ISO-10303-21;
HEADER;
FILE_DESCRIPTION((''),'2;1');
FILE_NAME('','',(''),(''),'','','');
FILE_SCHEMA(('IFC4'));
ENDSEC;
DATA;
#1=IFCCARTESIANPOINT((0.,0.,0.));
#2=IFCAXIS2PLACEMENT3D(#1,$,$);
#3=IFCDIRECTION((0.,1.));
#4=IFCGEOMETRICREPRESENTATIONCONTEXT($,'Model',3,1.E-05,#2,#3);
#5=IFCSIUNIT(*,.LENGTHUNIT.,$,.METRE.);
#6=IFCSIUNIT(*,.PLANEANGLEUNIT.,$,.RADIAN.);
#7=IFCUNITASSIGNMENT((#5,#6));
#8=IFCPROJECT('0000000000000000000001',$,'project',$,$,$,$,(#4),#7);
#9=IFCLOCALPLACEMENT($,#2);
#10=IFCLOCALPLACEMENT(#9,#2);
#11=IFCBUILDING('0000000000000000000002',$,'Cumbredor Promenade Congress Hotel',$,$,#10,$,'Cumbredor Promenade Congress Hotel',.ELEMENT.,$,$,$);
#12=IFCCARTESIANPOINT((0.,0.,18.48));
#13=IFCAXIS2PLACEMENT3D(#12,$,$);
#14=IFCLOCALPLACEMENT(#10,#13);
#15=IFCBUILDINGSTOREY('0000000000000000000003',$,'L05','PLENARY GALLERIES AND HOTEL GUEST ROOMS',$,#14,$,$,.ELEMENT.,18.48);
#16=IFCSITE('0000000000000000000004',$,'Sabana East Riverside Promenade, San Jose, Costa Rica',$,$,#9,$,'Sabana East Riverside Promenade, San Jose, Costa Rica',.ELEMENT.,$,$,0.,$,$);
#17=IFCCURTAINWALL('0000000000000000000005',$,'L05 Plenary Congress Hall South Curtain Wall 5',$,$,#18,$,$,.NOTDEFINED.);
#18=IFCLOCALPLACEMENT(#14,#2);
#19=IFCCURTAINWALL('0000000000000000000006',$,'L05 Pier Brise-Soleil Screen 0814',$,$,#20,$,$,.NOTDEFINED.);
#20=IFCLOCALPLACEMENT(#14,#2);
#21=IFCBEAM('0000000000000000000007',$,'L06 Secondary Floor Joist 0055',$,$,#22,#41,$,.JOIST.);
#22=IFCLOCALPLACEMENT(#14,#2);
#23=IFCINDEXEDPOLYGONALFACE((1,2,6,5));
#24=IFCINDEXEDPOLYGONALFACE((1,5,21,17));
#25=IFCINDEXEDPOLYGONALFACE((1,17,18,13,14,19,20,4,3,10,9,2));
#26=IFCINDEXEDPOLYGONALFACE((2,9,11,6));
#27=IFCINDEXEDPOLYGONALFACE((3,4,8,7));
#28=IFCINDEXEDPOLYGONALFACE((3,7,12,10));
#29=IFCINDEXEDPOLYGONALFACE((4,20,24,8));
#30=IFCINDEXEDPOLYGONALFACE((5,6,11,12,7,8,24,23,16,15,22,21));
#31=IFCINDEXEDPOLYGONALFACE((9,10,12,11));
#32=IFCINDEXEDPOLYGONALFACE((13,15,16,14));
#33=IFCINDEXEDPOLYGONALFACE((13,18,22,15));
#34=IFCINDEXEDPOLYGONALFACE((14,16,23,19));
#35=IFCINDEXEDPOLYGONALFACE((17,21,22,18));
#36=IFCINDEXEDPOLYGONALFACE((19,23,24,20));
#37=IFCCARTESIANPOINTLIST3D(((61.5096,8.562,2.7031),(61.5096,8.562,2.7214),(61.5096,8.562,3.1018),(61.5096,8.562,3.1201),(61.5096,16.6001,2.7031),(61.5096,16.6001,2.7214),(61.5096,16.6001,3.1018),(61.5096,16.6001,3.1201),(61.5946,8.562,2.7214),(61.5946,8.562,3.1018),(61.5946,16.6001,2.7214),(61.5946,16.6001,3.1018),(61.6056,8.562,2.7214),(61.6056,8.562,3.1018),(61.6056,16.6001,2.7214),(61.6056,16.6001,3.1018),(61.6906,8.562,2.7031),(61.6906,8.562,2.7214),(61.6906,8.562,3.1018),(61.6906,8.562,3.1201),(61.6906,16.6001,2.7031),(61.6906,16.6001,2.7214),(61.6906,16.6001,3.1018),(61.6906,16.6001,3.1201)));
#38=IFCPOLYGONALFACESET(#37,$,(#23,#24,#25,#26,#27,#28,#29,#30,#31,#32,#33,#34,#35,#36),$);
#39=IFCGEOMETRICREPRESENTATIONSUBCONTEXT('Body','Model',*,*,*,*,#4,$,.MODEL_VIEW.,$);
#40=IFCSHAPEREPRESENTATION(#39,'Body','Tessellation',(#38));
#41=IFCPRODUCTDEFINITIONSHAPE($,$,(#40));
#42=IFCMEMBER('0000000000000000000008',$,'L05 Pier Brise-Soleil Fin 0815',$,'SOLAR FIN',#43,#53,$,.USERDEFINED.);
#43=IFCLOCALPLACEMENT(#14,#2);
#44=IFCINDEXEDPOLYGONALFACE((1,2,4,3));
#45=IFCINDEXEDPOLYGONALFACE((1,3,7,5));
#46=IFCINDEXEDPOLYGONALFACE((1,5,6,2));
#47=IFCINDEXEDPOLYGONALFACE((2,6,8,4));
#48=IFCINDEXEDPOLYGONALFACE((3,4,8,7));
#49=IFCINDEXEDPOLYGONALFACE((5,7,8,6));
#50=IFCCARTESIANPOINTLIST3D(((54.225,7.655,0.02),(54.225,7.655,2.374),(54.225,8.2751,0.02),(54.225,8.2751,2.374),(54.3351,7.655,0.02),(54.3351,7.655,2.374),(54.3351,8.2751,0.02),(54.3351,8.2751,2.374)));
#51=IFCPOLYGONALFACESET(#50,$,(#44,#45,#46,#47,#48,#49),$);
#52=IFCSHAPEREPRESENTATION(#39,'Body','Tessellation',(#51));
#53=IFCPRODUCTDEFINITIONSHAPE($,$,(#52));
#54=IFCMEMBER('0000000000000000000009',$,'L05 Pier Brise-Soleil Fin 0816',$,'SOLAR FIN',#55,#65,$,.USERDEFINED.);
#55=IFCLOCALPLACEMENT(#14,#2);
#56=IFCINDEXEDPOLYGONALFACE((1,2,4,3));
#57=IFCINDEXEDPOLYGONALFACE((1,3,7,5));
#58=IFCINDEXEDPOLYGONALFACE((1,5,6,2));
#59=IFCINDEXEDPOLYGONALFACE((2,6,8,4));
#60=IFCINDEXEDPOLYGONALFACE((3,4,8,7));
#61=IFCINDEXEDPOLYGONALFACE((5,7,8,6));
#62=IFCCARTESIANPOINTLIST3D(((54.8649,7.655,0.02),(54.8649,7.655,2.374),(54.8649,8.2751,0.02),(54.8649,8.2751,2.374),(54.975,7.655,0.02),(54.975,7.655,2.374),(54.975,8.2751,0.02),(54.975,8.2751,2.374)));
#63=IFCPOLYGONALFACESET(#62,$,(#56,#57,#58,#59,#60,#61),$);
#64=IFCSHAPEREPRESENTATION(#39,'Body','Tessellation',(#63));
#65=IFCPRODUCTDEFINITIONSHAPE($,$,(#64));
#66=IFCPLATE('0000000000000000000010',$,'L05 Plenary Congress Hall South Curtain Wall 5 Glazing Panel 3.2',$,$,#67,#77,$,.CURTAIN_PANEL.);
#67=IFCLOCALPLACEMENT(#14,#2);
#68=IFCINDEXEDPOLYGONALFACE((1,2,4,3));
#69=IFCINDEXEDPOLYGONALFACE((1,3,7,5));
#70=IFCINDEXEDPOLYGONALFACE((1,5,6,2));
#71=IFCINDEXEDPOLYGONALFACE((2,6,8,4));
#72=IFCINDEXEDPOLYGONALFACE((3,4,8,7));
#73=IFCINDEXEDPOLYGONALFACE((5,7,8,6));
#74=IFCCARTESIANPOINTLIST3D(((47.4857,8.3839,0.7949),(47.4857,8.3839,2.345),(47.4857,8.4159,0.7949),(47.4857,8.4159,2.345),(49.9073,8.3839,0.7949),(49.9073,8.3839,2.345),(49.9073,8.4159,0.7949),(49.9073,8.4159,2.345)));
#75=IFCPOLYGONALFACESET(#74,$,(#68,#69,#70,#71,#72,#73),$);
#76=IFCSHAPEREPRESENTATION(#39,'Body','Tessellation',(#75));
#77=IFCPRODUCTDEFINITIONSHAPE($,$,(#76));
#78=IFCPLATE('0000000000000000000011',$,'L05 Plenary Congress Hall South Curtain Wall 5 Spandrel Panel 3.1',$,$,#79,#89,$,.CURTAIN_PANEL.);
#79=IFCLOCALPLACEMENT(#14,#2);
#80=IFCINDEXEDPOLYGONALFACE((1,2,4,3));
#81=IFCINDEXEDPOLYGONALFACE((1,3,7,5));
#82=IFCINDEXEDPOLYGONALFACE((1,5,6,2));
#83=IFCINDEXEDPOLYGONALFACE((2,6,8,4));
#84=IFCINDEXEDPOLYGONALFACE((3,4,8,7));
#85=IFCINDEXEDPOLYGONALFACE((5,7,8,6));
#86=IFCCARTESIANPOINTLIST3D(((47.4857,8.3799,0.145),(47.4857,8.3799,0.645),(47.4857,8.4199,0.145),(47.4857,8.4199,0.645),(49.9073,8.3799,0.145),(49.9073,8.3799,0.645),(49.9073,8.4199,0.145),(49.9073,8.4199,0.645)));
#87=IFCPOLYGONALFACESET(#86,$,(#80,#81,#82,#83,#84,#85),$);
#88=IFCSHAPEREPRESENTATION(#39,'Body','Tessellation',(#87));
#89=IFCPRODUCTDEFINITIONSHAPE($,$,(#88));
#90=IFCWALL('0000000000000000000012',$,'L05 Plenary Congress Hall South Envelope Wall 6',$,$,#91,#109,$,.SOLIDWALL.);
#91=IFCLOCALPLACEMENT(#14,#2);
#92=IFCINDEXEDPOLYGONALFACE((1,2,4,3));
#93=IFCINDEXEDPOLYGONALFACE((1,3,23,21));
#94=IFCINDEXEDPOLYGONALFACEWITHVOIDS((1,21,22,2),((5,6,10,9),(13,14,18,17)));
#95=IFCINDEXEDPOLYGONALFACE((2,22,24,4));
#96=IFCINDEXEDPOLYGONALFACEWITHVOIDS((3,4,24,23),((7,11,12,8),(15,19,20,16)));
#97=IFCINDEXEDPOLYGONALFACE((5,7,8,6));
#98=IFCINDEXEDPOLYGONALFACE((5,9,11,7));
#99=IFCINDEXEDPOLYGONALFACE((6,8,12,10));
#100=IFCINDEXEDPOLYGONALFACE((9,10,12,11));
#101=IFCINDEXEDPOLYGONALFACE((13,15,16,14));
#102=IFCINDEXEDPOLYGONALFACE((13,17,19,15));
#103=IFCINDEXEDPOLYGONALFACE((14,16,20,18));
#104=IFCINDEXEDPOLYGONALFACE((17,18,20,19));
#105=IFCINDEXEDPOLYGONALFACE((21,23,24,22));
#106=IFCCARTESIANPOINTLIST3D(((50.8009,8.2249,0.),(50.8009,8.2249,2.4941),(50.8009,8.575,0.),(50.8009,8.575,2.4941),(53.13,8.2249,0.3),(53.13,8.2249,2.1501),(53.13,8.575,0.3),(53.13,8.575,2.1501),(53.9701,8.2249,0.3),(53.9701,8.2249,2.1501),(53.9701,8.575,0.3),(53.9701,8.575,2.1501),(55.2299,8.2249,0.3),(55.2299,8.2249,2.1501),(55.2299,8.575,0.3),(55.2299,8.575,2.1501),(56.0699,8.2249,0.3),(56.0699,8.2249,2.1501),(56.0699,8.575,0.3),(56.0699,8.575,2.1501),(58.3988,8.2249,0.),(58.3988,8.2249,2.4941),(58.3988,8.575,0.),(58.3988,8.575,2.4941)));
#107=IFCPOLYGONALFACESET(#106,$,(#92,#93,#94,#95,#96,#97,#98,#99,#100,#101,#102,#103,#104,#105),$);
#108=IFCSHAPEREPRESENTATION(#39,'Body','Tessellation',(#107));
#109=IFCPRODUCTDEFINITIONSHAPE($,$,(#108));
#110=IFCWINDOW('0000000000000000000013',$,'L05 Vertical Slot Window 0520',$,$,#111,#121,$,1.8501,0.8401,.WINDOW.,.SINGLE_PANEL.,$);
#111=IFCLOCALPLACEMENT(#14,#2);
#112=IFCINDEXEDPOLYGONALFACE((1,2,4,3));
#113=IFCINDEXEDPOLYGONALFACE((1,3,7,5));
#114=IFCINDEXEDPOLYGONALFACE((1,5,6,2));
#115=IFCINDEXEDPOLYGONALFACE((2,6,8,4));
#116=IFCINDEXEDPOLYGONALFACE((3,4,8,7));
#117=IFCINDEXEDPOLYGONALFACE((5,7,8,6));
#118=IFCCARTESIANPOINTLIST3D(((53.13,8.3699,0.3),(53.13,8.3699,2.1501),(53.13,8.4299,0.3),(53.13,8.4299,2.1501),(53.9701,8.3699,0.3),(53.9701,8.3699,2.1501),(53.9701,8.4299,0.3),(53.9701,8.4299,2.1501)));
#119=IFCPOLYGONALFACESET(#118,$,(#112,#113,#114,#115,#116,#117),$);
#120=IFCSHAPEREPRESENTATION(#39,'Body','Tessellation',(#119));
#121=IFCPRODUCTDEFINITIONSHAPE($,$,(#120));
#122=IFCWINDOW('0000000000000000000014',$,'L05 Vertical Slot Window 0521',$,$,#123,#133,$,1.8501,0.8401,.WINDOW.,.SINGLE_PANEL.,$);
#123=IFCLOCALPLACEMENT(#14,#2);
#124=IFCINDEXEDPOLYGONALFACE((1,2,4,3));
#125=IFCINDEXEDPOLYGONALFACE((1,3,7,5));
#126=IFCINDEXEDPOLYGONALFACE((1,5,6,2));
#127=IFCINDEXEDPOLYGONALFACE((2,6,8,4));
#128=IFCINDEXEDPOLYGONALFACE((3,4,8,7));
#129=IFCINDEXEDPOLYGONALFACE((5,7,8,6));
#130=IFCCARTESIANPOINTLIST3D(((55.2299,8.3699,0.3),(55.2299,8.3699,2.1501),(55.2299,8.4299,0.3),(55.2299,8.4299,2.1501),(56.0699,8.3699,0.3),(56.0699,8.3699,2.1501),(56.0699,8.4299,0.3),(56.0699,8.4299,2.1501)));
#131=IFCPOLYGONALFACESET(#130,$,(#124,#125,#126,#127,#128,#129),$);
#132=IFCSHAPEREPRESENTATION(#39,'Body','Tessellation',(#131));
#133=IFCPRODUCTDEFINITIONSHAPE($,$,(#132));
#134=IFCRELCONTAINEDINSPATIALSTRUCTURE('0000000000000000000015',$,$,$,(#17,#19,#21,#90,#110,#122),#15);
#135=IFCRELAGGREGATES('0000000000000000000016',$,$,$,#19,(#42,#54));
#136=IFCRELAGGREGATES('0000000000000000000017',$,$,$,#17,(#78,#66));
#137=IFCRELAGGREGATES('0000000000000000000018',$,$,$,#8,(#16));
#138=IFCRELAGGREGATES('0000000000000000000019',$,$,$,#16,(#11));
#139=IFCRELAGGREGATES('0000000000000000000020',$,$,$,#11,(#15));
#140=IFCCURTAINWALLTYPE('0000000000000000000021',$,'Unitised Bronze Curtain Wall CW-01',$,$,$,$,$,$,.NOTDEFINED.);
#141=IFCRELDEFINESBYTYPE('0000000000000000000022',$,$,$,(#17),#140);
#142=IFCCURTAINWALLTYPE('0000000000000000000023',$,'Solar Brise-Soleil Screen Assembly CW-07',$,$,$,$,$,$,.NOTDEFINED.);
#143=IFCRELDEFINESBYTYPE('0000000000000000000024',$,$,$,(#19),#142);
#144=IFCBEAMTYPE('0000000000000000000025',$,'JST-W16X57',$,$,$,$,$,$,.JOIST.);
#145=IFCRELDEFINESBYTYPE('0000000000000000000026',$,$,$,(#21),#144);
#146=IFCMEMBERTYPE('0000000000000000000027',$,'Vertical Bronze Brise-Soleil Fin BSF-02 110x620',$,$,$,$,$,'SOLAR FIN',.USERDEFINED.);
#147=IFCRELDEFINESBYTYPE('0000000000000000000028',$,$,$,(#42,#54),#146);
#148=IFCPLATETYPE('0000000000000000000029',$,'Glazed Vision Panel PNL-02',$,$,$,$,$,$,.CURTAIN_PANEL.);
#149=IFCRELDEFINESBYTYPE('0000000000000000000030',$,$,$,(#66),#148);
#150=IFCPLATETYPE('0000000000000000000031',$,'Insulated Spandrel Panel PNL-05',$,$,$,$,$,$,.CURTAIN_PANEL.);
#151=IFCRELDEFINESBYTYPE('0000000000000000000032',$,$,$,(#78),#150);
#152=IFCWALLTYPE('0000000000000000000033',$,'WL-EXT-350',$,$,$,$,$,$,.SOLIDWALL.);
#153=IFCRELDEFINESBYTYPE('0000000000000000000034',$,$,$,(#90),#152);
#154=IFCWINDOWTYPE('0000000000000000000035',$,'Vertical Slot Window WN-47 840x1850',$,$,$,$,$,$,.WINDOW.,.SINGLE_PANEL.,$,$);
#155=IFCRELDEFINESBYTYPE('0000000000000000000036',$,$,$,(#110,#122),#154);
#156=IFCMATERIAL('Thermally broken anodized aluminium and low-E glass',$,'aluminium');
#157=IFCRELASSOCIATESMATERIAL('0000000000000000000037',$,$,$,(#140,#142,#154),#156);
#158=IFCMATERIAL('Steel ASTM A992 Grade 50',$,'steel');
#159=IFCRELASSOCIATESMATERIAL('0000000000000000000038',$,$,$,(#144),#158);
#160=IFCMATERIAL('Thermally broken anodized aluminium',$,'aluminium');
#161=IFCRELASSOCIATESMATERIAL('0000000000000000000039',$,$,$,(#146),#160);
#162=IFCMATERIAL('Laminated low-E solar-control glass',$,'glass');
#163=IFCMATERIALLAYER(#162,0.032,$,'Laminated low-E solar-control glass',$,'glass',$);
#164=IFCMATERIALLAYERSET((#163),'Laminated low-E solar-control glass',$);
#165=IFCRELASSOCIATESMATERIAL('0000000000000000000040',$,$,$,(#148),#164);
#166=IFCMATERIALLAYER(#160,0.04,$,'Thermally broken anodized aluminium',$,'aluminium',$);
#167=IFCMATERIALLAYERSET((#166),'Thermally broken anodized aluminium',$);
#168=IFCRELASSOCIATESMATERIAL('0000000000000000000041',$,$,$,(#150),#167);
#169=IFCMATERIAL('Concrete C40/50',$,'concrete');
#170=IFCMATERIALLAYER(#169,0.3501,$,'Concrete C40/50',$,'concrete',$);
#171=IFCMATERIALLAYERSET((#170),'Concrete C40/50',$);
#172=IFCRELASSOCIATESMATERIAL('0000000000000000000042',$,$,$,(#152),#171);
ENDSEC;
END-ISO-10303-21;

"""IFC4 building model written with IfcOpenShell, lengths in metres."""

from ifc_helpers import new_model, si_unit, direction, frame, frame_2d, origin, origin_2d, place, context, subcontext, project, spatial, rectangle, i_section, extrude, material, layer, layer_set, material_profile, profile_set, type_object, element, fill, aggregate, save


model = new_model("IFC4")

# Units and contexts
model_context = context("Model", 3, precision=1e-05, world=origin(), true_north=direction((0.0, 1.0)))
body_context = subcontext(model_context, "Body", "Model", "MODEL_VIEW")
ifc_project = project(units=[si_unit("LENGTHUNIT", "METRE"), si_unit("PLANEANGLEUNIT", "RADIAN")], contexts=[model_context])

# Site, building, storey
site_placement = place(None, origin())
site = spatial("IfcSite", under=ifc_project, at=site_placement, Name="Sabana East Riverside Promenade, San Jose, Costa Rica", LongName="Sabana East Riverside Promenade, San Jose, Costa Rica", CompositionType="ELEMENT", RefElevation=0.0)
building_placement = place(site_placement, origin())
building = spatial("IfcBuilding", under=site, at=building_placement, Name="Cumbredor Promenade Congress Hotel", LongName="Cumbredor Promenade Congress Hotel", CompositionType="ELEMENT")
storey_placement = place(building_placement, frame((0.0, 0.0, 18.48)))
storey = spatial("IfcBuildingStorey", under=building, at=storey_placement, Name="L05", Description="PLENARY GALLERIES AND HOTEL GUEST ROOMS", CompositionType="ELEMENT", Elevation=18.48)

# Shared definitions
ifc_material_1 = material(Name="Steel ASTM A992 Grade 50", Category="steel")

# Curtain wall
ifc_material_2 = material(Name="Thermally broken anodized aluminium and low-E glass", Category="aluminium")
curtain_wall_type_1 = type_object("IfcCurtainWallType", Name="Unitised Bronze Curtain Wall CW-01", PredefinedType="NOTDEFINED", material=ifc_material_2)
curtain_wall_1_placement = place(storey_placement, origin())
curtain_wall_1 = element("IfcCurtainWall", 1, at=curtain_wall_1_placement, inside=storey, type_object=curtain_wall_type_1, Name="L05 Plenary Congress Hall South Curtain Wall 5", PredefinedType="NOTDEFINED")
ifc_material_3 = material(Name="Thermally broken anodized aluminium", Category="aluminium")

# Curtain wall
curtain_wall_type_2 = type_object("IfcCurtainWallType", Name="Solar Brise-Soleil Screen Assembly CW-07", PredefinedType="NOTDEFINED", material=ifc_material_2)
curtain_wall_2_placement = place(storey_placement, origin())
curtain_wall_2 = element("IfcCurtainWall", 2, at=curtain_wall_2_placement, inside=storey, type_object=curtain_wall_type_2, Name="L05 Pier Brise-Soleil Screen 0814", PredefinedType="NOTDEFINED")

# Beam
ifc_material_profile_1 = material_profile(ifc_material_1, i_section(OverallWidth=0.1809, OverallDepth=0.417, WebThickness=0.011, FlangeThickness=0.0183, at=origin_2d()), Name="W16X57")
ifc_profile_set_1 = profile_set([ifc_material_profile_1], Name="Steel ASTM A992 Grade 50")
beam_type_1 = type_object("IfcBeamType", Name="JST-W16X57", PredefinedType="JOIST", material=ifc_profile_set_1)
beam_1_placement = place(storey_placement, frame((61.6001, 8.562, 2.9116), z_axis=(0.0, 1.0, 0.0), x_axis=(-1.0, 0.0, 0.0)))
element("IfcBeam", 3, at=beam_1_placement, inside=storey, type_object=beam_type_1, Name="L06 Secondary Floor Joist 0055", PredefinedType="JOIST", context=body_context, shape_type="SweptSolid", body=[
    extrude(i_section(OverallWidth=0.1809, OverallDepth=0.417, WebThickness=0.011, FlangeThickness=0.0183, at=origin_2d()), origin(), (0.0, 0.0, 1.0), 8.0381),
])

# Members
ifc_material_profile_2 = material_profile(ifc_material_3, rectangle(XDim=0.1101, YDim=0.6201, at=origin_2d()), Name="ARCH FIN 110x620")
ifc_profile_set_2 = profile_set([ifc_material_profile_2], Name="Thermally broken anodized aluminium")
member_type_1 = type_object("IfcMemberType", Name="Vertical Bronze Brise-Soleil Fin BSF-02 110x620", ElementType="SOLAR FIN", PredefinedType="USERDEFINED", material=ifc_profile_set_2)
member_1_placement = place(storey_placement, frame((54.28, 7.9651, 0.02), z_axis=(0.0, 0.0, 1.0), x_axis=(1.0, 0.0, 0.0)))
member_1 = element("IfcMember", 4, at=member_1_placement, type_object=member_type_1, Name="L05 Pier Brise-Soleil Fin 0815", ObjectType="SOLAR FIN", PredefinedType="USERDEFINED", context=body_context, shape_type="SweptSolid", body=[
    extrude(rectangle(XDim=0.1101, YDim=0.6201, at=origin_2d()), origin(), (0.0, 0.0, 1.0), 2.354),
])
member_2_placement = place(storey_placement, frame((54.9199, 7.9651, 0.02), z_axis=(0.0, 0.0, 1.0), x_axis=(1.0, 0.0, 0.0)))
member_2 = element("IfcMember", 5, at=member_2_placement, type_object=member_type_1, Name="L05 Pier Brise-Soleil Fin 0816", ObjectType="SOLAR FIN", PredefinedType="USERDEFINED", context=body_context, shape_type="SweptSolid", body=[
    extrude(rectangle(XDim=0.1101, YDim=0.6201, at=origin_2d()), origin(), (0.0, 0.0, 1.0), 2.354),
])
aggregate(curtain_wall_2, [member_1, member_2])

# Plates
ifc_material_4 = material(Name="Laminated low-E solar-control glass", Category="glass")
ifc_layer_1 = layer(ifc_material_4, 0.032, Name="Laminated low-E solar-control glass", Category="glass")
ifc_layer_set_1 = layer_set([ifc_layer_1], Name="Laminated low-E solar-control glass")
plate_type_1 = type_object("IfcPlateType", Name="Glazed Vision Panel PNL-02", PredefinedType="CURTAIN_PANEL", material=ifc_layer_set_1)
plate_1_placement = place(storey_placement, frame((48.6965, 8.3999, 0.7949), z_axis=(0.0, 0.0, 1.0), x_axis=(1.0, 0.0, 0.0)))
plate_1 = element("IfcPlate", 6, at=plate_1_placement, type_object=plate_type_1, Name="L05 Plenary Congress Hall South Curtain Wall 5 Glazing Panel 3.2", PredefinedType="CURTAIN_PANEL", context=body_context, shape_type="SweptSolid", body=[
    extrude(rectangle(XDim=2.4216, YDim=0.032, at=origin_2d()), origin(), (0.0, 0.0, 1.0), 1.55),
])
ifc_layer_2 = layer(ifc_material_3, 0.04, Name="Thermally broken anodized aluminium", Category="aluminium")
ifc_layer_set_2 = layer_set([ifc_layer_2], Name="Thermally broken anodized aluminium")
plate_type_2 = type_object("IfcPlateType", Name="Insulated Spandrel Panel PNL-05", PredefinedType="CURTAIN_PANEL", material=ifc_layer_set_2)
plate_2_placement = place(storey_placement, frame((48.6965, 8.3999, 0.145), z_axis=(0.0, 0.0, 1.0), x_axis=(1.0, 0.0, 0.0)))
plate_2 = element("IfcPlate", 7, at=plate_2_placement, type_object=plate_type_2, Name="L05 Plenary Congress Hall South Curtain Wall 5 Spandrel Panel 3.1", PredefinedType="CURTAIN_PANEL", context=body_context, shape_type="SweptSolid", body=[
    extrude(rectangle(XDim=2.4216, YDim=0.04, at=origin_2d()), origin(), (0.0, 0.0, 1.0), 0.5),
])
aggregate(curtain_wall_1, [plate_2, plate_1])

# Wall, openings, windows
ifc_material_5 = material(Name="Concrete C40/50", Category="concrete")
ifc_layer_3 = layer(ifc_material_5, 0.3501, Name="Concrete C40/50", Category="concrete")
ifc_layer_set_3 = layer_set([ifc_layer_3], Name="Concrete C40/50")
wall_type_1 = type_object("IfcWallType", Name="WL-EXT-350", PredefinedType="SOLIDWALL", material=ifc_layer_set_3)
wall_1_placement = place(storey_placement, frame((50.801, 8.3999, 0.0), z_axis=(0.0, 0.0, 1.0), x_axis=(1.0, 0.0, 0.0)))
wall_1 = element("IfcWall", 8, at=wall_1_placement, inside=storey, type_object=wall_type_1, Name="L05 Plenary Congress Hall South Envelope Wall 6", PredefinedType="SOLIDWALL", context=body_context, shape_type="SweptSolid", body=[
    extrude(rectangle(XDim=7.5979, YDim=0.3501, at=frame_2d((3.7988, 0.0))), origin(), (0.0, 0.0, 1.0), 2.4941),
])
opening_1_placement = place(wall_1_placement, frame((2.3291, 0.0, 0.3)))
opening_1 = element("IfcOpeningElement", 9, at=opening_1_placement, cuts=wall_1, PredefinedType="OPENING", context=body_context, shape_type="SweptSolid", body=[
    extrude(rectangle(XDim=0.8401, YDim=1.8501, at=frame_2d((0.4199, 0.925))), frame((0.0, 0.1851, 0.0), z_axis=(0.0, -1.0, 0.0), x_axis=(1.0, 0.0, 0.0)), (0.0, 0.0, 1.0), 0.3701),
])
opening_2_placement = place(wall_1_placement, frame((4.429, 0.0, 0.3)))
opening_2 = element("IfcOpeningElement", 10, at=opening_2_placement, cuts=wall_1, PredefinedType="OPENING", context=body_context, shape_type="SweptSolid", body=[
    extrude(rectangle(XDim=0.8401, YDim=1.8501, at=frame_2d((0.4199, 0.925))), frame((0.0, 0.1851, 0.0), z_axis=(0.0, -1.0, 0.0), x_axis=(1.0, 0.0, 0.0)), (0.0, 0.0, 1.0), 0.3701),
])
window_type_1 = type_object("IfcWindowType", Name="Vertical Slot Window WN-47 840x1850", PartitioningType="SINGLE_PANEL", PredefinedType="WINDOW", material=ifc_material_2)
window_1_placement = place(opening_1_placement, origin())
window_1 = element("IfcWindow", 11, at=window_1_placement, inside=storey, type_object=window_type_1, Name="L05 Vertical Slot Window 0520", OverallHeight=1.8501, OverallWidth=0.8401, PartitioningType="SINGLE_PANEL", PredefinedType="WINDOW", context=body_context, shape_type="SweptSolid", body=[
    extrude(rectangle(XDim=0.8401, YDim=1.8501, at=frame_2d((0.4199, 0.925))), frame((0.0, 0.03, 0.0), z_axis=(0.0, -1.0, 0.0), x_axis=(1.0, 0.0, 0.0)), (0.0, 0.0, 1.0), 0.0601),
])
fill(opening_1, window_1)
window_2_placement = place(opening_2_placement, origin())
window_2 = element("IfcWindow", 12, at=window_2_placement, inside=storey, type_object=window_type_1, Name="L05 Vertical Slot Window 0521", OverallHeight=1.8501, OverallWidth=0.8401, PartitioningType="SINGLE_PANEL", PredefinedType="WINDOW", context=body_context, shape_type="SweptSolid", body=[
    extrude(rectangle(XDim=0.8401, YDim=1.8501, at=frame_2d((0.4199, 0.925))), frame((0.0, 0.03, 0.0), z_axis=(0.0, -1.0, 0.0), x_axis=(1.0, 0.0, 0.0)), (0.0, 0.0, 1.0), 0.0601),
])
fill(opening_2, window_2)

save(model, "model.ifc")
